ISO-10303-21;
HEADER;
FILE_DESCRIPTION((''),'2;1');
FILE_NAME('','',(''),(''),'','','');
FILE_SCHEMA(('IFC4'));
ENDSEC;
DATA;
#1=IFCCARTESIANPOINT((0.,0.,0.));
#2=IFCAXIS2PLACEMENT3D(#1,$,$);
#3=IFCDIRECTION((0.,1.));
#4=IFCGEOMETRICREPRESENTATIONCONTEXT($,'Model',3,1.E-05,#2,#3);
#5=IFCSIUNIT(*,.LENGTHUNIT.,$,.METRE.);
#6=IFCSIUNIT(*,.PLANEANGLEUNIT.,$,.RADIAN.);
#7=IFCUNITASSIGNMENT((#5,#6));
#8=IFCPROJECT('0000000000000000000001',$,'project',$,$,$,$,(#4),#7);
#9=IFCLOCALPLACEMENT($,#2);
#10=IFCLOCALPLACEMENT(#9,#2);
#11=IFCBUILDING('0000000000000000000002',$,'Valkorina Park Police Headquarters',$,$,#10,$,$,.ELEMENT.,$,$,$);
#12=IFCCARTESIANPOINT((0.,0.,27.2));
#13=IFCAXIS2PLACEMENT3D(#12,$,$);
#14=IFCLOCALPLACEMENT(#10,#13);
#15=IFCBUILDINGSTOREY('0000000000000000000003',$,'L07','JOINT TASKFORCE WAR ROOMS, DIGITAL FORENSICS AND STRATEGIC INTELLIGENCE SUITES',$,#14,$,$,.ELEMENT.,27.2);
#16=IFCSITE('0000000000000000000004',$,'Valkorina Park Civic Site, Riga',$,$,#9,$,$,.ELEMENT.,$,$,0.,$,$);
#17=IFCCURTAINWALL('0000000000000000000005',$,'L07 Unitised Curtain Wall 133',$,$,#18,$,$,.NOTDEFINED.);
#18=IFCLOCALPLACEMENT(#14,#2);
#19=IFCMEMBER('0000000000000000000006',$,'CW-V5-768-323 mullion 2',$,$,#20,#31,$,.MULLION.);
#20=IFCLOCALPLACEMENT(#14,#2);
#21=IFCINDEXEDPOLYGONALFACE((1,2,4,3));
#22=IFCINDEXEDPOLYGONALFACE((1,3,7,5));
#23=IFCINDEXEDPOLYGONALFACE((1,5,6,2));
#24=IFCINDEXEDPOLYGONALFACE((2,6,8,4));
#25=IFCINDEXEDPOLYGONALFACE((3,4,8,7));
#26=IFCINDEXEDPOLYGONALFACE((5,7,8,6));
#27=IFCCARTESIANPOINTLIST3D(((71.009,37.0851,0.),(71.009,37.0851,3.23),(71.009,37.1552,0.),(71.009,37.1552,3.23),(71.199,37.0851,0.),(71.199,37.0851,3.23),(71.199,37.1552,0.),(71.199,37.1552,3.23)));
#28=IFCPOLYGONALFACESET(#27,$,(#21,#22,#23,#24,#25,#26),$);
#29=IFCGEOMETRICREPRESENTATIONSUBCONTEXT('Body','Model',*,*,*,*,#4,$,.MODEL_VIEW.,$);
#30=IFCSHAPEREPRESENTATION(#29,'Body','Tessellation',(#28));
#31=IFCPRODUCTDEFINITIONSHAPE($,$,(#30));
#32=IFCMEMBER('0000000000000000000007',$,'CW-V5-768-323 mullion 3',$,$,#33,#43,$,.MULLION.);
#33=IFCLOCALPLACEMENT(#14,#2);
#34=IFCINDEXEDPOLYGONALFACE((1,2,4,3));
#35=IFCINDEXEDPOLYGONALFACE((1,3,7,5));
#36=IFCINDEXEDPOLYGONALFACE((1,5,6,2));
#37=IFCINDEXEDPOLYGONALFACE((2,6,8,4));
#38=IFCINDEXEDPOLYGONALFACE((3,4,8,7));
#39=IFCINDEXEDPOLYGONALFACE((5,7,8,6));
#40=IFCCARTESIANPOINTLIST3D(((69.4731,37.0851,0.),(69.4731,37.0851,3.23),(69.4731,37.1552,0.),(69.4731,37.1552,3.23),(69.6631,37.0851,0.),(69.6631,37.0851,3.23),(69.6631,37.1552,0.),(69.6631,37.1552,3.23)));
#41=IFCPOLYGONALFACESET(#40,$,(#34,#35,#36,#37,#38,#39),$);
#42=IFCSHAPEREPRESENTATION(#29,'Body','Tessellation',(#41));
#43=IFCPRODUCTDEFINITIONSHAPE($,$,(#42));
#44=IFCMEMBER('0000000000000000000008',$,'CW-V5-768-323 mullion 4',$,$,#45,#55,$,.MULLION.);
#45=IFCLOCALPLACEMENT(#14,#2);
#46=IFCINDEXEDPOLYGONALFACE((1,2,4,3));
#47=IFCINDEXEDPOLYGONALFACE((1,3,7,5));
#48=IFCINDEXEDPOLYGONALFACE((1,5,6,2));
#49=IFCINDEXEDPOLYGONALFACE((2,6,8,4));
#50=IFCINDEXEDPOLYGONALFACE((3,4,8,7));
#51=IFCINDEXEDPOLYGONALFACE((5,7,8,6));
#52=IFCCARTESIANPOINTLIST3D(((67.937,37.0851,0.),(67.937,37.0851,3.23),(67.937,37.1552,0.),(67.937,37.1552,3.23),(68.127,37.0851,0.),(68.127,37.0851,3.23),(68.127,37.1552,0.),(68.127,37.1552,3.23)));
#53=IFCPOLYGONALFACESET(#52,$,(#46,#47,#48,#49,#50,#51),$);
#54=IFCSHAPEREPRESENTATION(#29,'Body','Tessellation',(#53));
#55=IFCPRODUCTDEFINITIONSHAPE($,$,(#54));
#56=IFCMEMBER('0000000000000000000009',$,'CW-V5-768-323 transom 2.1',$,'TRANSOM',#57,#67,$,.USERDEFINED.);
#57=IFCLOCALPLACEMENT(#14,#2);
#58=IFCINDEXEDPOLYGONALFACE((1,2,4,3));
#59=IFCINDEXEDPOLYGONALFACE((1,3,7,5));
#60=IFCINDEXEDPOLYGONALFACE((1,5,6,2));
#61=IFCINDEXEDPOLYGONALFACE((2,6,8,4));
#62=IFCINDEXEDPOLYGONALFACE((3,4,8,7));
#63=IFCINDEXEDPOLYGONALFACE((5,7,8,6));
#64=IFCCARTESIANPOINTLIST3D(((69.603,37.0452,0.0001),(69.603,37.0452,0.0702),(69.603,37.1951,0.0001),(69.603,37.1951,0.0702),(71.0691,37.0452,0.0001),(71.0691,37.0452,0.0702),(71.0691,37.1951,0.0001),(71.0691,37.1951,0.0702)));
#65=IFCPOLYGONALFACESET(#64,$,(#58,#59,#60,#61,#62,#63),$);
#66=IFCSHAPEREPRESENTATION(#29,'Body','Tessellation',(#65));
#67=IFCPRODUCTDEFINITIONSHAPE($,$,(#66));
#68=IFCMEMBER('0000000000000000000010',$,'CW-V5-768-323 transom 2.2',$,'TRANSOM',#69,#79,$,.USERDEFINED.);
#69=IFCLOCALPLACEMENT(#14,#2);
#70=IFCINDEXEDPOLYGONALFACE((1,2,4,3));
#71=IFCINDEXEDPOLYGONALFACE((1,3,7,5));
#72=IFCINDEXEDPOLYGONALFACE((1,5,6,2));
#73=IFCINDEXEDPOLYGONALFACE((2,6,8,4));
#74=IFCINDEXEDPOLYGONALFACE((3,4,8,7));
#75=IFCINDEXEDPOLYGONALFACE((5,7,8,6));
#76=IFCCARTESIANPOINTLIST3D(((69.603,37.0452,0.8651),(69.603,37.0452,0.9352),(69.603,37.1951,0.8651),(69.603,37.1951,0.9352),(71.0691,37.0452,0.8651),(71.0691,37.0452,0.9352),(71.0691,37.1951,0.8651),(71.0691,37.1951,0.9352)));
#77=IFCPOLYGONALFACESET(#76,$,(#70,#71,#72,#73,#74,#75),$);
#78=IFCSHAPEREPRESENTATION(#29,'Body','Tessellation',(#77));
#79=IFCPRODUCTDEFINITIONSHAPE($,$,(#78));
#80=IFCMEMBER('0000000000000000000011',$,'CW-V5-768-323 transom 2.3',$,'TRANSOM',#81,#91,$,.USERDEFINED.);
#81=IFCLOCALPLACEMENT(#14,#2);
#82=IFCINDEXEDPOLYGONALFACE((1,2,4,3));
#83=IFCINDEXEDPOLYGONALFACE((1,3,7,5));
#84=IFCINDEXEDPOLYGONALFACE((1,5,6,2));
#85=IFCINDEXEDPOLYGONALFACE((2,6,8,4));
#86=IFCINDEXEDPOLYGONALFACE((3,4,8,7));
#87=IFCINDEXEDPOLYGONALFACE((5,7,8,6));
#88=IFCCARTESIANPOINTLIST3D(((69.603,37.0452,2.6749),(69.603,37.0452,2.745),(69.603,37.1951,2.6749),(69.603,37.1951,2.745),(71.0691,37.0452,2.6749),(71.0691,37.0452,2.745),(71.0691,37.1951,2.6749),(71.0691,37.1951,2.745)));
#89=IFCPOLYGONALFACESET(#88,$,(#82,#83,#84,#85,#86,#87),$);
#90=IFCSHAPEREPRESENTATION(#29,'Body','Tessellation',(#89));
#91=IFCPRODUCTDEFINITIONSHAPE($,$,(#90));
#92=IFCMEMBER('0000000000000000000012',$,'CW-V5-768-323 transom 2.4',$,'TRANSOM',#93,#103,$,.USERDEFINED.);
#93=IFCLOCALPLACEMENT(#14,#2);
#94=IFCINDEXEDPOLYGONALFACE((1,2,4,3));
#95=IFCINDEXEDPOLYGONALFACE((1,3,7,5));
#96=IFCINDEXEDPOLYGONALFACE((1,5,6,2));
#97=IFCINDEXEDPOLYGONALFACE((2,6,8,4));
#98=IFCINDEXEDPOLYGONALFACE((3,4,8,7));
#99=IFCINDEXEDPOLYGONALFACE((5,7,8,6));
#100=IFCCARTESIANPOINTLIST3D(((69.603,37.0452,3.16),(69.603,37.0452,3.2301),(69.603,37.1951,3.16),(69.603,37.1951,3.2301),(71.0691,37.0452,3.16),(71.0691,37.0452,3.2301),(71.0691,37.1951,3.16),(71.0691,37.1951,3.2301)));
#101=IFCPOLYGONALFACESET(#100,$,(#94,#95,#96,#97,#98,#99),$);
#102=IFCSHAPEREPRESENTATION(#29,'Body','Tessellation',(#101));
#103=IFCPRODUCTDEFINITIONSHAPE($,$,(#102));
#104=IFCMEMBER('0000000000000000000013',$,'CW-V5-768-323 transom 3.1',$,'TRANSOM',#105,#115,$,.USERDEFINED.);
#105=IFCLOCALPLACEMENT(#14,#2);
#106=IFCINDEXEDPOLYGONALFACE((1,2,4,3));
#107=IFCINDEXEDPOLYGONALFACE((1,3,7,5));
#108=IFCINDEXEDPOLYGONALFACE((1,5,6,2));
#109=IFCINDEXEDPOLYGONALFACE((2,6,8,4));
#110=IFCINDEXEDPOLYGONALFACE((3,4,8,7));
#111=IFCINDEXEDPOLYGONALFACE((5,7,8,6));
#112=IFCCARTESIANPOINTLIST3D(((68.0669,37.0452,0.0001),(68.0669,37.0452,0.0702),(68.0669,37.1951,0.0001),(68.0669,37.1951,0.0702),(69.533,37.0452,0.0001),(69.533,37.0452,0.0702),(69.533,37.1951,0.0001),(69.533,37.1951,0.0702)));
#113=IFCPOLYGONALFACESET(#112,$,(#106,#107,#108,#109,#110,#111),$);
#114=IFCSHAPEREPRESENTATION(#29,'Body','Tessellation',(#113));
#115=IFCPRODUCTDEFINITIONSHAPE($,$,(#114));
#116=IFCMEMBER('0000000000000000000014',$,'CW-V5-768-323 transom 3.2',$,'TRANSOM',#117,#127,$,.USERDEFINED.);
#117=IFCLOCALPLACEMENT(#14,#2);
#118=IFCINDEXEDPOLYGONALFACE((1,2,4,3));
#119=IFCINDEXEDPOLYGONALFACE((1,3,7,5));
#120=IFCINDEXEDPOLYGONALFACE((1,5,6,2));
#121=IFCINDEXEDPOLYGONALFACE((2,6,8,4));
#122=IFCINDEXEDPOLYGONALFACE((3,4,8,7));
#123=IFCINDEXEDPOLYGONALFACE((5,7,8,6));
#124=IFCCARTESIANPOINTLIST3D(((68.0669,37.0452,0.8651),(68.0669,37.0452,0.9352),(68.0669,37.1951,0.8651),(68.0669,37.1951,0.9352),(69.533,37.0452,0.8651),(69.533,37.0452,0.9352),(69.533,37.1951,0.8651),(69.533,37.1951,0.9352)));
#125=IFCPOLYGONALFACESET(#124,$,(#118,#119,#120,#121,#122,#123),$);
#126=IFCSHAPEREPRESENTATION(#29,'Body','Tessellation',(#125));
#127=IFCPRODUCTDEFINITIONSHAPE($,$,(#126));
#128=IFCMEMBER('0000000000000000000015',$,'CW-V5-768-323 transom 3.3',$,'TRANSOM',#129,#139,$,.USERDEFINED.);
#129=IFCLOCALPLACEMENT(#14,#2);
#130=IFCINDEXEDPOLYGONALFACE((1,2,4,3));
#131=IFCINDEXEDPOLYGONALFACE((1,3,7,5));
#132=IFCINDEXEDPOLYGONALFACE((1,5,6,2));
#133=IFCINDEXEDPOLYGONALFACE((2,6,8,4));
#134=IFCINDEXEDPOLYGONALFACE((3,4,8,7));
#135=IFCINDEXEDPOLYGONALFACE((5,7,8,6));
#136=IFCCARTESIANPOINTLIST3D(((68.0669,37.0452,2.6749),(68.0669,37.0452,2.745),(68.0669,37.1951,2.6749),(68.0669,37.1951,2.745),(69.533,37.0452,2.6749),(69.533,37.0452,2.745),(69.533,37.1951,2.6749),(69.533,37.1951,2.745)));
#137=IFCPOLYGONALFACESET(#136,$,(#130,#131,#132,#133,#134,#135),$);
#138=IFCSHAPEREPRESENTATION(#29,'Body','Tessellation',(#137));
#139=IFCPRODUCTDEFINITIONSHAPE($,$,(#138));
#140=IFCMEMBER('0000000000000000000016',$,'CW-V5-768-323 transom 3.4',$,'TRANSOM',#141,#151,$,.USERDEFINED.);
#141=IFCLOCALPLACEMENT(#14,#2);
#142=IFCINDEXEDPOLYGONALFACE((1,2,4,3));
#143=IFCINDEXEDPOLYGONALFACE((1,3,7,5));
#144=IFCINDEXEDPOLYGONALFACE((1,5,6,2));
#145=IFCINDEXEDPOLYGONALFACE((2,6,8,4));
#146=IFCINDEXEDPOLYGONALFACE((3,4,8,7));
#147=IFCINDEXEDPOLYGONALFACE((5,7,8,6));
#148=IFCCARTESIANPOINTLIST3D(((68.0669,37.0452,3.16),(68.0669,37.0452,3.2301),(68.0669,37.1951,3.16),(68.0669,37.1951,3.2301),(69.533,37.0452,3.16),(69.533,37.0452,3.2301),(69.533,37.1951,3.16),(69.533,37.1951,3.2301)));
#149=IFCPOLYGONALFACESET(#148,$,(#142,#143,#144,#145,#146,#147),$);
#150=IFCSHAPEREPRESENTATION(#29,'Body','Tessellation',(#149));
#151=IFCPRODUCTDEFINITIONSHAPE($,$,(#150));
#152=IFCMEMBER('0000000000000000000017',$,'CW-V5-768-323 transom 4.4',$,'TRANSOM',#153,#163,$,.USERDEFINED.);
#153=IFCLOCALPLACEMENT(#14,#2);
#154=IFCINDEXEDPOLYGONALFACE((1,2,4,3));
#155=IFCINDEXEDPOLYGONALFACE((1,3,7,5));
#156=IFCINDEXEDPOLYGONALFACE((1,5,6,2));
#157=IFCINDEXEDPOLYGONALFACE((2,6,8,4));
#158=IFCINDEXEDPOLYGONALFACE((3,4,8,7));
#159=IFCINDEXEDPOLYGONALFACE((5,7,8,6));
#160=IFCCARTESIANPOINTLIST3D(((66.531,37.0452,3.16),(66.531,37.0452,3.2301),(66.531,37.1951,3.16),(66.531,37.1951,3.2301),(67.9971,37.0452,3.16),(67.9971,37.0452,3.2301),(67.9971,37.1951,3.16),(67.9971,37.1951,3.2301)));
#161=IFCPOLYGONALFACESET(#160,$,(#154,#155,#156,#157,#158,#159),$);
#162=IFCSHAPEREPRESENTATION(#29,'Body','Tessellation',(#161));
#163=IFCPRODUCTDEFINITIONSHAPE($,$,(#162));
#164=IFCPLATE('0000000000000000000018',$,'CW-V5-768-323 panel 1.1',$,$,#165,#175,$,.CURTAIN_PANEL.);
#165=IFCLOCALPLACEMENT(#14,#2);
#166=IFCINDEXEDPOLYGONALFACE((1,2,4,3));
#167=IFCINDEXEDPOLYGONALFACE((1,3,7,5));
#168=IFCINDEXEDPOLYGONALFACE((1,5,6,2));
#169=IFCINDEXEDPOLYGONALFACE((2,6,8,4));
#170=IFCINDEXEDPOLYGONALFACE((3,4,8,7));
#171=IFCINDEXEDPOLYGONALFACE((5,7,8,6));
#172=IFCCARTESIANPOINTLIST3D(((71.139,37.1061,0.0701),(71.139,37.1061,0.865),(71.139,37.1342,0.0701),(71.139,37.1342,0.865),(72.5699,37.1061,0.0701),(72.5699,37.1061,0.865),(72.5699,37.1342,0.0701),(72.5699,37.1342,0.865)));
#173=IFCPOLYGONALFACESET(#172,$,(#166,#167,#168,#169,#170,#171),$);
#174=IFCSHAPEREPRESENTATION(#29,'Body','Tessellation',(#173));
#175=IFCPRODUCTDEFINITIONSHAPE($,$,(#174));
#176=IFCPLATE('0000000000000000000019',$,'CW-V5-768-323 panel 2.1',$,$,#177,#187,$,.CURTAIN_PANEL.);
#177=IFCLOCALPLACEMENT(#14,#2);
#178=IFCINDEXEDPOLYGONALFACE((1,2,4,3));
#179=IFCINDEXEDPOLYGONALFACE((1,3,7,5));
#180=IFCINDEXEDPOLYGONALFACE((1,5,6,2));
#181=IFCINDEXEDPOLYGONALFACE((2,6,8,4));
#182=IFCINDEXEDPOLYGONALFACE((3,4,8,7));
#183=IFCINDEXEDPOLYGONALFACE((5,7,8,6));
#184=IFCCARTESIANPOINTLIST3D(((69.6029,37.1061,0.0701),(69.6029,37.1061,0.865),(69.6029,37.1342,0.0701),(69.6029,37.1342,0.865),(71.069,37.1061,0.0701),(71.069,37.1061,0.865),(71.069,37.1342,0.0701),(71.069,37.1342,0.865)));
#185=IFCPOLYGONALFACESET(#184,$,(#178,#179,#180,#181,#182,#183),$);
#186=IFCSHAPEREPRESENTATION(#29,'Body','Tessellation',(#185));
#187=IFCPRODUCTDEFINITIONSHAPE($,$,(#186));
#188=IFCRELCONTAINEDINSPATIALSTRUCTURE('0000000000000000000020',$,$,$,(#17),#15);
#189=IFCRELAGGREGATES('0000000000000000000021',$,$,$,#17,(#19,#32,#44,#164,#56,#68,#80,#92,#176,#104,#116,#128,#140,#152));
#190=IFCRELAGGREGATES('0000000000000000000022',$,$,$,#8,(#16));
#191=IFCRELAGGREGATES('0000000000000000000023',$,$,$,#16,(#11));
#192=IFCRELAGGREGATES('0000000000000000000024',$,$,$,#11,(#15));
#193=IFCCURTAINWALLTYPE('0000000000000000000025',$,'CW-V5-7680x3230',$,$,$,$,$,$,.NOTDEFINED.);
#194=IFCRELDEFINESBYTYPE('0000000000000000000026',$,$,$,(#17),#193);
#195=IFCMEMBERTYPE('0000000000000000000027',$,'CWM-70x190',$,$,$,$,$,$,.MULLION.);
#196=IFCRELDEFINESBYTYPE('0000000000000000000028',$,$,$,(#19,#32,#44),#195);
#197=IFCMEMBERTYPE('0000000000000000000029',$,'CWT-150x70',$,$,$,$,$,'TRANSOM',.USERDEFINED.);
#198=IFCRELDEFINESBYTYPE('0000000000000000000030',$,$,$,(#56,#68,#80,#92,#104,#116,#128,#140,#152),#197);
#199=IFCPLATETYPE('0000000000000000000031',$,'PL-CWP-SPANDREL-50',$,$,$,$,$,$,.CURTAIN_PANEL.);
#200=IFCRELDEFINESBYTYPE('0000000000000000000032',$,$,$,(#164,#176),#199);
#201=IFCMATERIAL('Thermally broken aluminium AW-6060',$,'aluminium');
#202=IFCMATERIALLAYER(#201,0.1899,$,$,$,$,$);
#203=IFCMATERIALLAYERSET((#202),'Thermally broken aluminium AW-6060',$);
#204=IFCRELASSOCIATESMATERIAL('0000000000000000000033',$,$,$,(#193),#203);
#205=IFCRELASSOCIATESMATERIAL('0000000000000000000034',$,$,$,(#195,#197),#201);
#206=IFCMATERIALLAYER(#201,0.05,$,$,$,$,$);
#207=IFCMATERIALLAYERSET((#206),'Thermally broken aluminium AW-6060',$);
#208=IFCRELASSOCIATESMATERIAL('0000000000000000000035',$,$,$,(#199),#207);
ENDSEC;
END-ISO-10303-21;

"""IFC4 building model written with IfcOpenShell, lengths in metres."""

from ifc_helpers import new_model, si_unit, direction, frame, origin, origin_2d, place, context, subcontext, project, spatial, rectangle, extrude, material, layer, layer_set, material_profile, profile_set, type_object, element, aggregate, save


model = new_model("IFC4")

# Units and contexts
model_context = context("Model", 3, precision=1e-05, world=origin(), true_north=direction((0.0, 1.0)))
body_context = subcontext(model_context, "Body", "Model", "MODEL_VIEW")
ifc_project = project(units=[si_unit("LENGTHUNIT", "METRE"), si_unit("PLANEANGLEUNIT", "RADIAN")], contexts=[model_context])

# Site, building, storey
site_placement = place(None, origin())
site = spatial("IfcSite", under=ifc_project, at=site_placement, Name="Valkorina Park Civic Site, Riga", CompositionType="ELEMENT", RefElevation=0.0)
building_placement = place(site_placement, origin())
building = spatial("IfcBuilding", under=site, at=building_placement, Name="Valkorina Park Police Headquarters", CompositionType="ELEMENT")
storey_placement = place(building_placement, frame((0.0, 0.0, 27.2)))
storey = spatial("IfcBuildingStorey", under=building, at=storey_placement, Name="L07", Description="JOINT TASKFORCE WAR ROOMS, DIGITAL FORENSICS AND STRATEGIC INTELLIGENCE SUITES", CompositionType="ELEMENT", Elevation=27.2)

# Curtain wall, members, plates
ifc_material_1 = material(Name="Thermally broken aluminium AW-6060", Category="aluminium")
ifc_layer_1 = layer(ifc_material_1, 0.1899)
ifc_layer_set_1 = layer_set([ifc_layer_1], Name="Thermally broken aluminium AW-6060")
curtain_wall_type = type_object("IfcCurtainWallType", Name="CW-V5-7680x3230", PredefinedType="NOTDEFINED", material=ifc_layer_set_1)
curtain_wall_placement = place(storey_placement, origin())
curtain_wall = element("IfcCurtainWall", 1, at=curtain_wall_placement, inside=storey, type_object=curtain_wall_type, Name="L07 Unitised Curtain Wall 133", PredefinedType="NOTDEFINED")
ifc_material_profile_1 = material_profile(ifc_material_1, rectangle(XDim=0.0701, YDim=0.1899, at=origin_2d()), Name="CWM-02 70x190")
ifc_profile_set_1 = profile_set([ifc_material_profile_1], Name="Thermally broken aluminium AW-6060")
member_type_1 = type_object("IfcMemberType", Name="CWM-70x190", PredefinedType="MULLION", material=ifc_profile_set_1)
member_1_placement = place(storey_placement, frame((71.104, 37.1201, 0.0), z_axis=(0.0, 0.0, 1.0), x_axis=(0.0, -1.0, 0.0)))
member_1 = element("IfcMember", 2, at=member_1_placement, type_object=member_type_1, Name="CW-V5-768-323 mullion 2", PredefinedType="MULLION", context=body_context, shape_type="SweptSolid", body=[
    extrude(rectangle(XDim=0.0701, YDim=0.1899, at=origin_2d()), origin(), (0.0, 0.0, 1.0), 3.23),
])
member_2_placement = place(storey_placement, frame((69.5681, 37.1201, 0.0), z_axis=(0.0, 0.0, 1.0), x_axis=(0.0, -1.0, 0.0)))
member_2 = element("IfcMember", 3, at=member_2_placement, type_object=member_type_1, Name="CW-V5-768-323 mullion 3", PredefinedType="MULLION", context=body_context, shape_type="SweptSolid", body=[
    extrude(rectangle(XDim=0.0701, YDim=0.1899, at=origin_2d()), origin(), (0.0, 0.0, 1.0), 3.23),
])
member_3_placement = place(storey_placement, frame((68.032, 37.1201, 0.0), z_axis=(0.0, 0.0, 1.0), x_axis=(0.0, -1.0, 0.0)))
member_3 = element("IfcMember", 4, at=member_3_placement, type_object=member_type_1, Name="CW-V5-768-323 mullion 4", PredefinedType="MULLION", context=body_context, shape_type="SweptSolid", body=[
    extrude(rectangle(XDim=0.0701, YDim=0.1899, at=origin_2d()), origin(), (0.0, 0.0, 1.0), 3.23),
])
ifc_material_profile_2 = material_profile(ifc_material_1, rectangle(XDim=0.1499, YDim=0.0701, at=origin_2d()), Name="CWT-02 150x70")
ifc_profile_set_2 = profile_set([ifc_material_profile_2], Name="Thermally broken aluminium AW-6060")
member_type_2 = type_object("IfcMemberType", Name="CWT-150x70", ElementType="TRANSOM", PredefinedType="USERDEFINED", material=ifc_profile_set_2)
member_4_placement = place(storey_placement, frame((71.0691, 37.1201, 0.0352), z_axis=(-1.0, 0.0, 0.0), x_axis=(0.0, -1.0, 0.0)))
member_4 = element("IfcMember", 5, at=member_4_placement, type_object=member_type_2, Name="CW-V5-768-323 transom 2.1", ObjectType="TRANSOM", PredefinedType="USERDEFINED", context=body_context, shape_type="SweptSolid", body=[
    extrude(rectangle(XDim=0.1499, YDim=0.0701, at=origin_2d()), origin(), (0.0, 0.0, 1.0), 1.4661),
])
member_5_placement = place(storey_placement, frame((71.0691, 37.1201, 0.9001), z_axis=(-1.0, 0.0, 0.0), x_axis=(0.0, -1.0, 0.0)))
member_5 = element("IfcMember", 6, at=member_5_placement, type_object=member_type_2, Name="CW-V5-768-323 transom 2.2", ObjectType="TRANSOM", PredefinedType="USERDEFINED", context=body_context, shape_type="SweptSolid", body=[
    extrude(rectangle(XDim=0.1499, YDim=0.0701, at=origin_2d()), origin(), (0.0, 0.0, 1.0), 1.4661),
])
member_6_placement = place(storey_placement, frame((71.0691, 37.1201, 2.71), z_axis=(-1.0, 0.0, 0.0), x_axis=(0.0, -1.0, 0.0)))
member_6 = element("IfcMember", 7, at=member_6_placement, type_object=member_type_2, Name="CW-V5-768-323 transom 2.3", ObjectType="TRANSOM", PredefinedType="USERDEFINED", context=body_context, shape_type="SweptSolid", body=[
    extrude(rectangle(XDim=0.1499, YDim=0.0701, at=origin_2d()), origin(), (0.0, 0.0, 1.0), 1.4661),
])
member_7_placement = place(storey_placement, frame((71.0691, 37.1201, 3.1951), z_axis=(-1.0, 0.0, 0.0), x_axis=(0.0, -1.0, 0.0)))
member_7 = element("IfcMember", 8, at=member_7_placement, type_object=member_type_2, Name="CW-V5-768-323 transom 2.4", ObjectType="TRANSOM", PredefinedType="USERDEFINED", context=body_context, shape_type="SweptSolid", body=[
    extrude(rectangle(XDim=0.1499, YDim=0.0701, at=origin_2d()), origin(), (0.0, 0.0, 1.0), 1.4661),
])
member_8_placement = place(storey_placement, frame((69.533, 37.1201, 0.0352), z_axis=(-1.0, 0.0, 0.0), x_axis=(0.0, -1.0, 0.0)))
member_8 = element("IfcMember", 9, at=member_8_placement, type_object=member_type_2, Name="CW-V5-768-323 transom 3.1", ObjectType="TRANSOM", PredefinedType="USERDEFINED", context=body_context, shape_type="SweptSolid", body=[
    extrude(rectangle(XDim=0.1499, YDim=0.0701, at=origin_2d()), origin(), (0.0, 0.0, 1.0), 1.4661),
])
member_9_placement = place(storey_placement, frame((69.533, 37.1201, 0.9001), z_axis=(-1.0, 0.0, 0.0), x_axis=(0.0, -1.0, 0.0)))
member_9 = element("IfcMember", 10, at=member_9_placement, type_object=member_type_2, Name="CW-V5-768-323 transom 3.2", ObjectType="TRANSOM", PredefinedType="USERDEFINED", context=body_context, shape_type="SweptSolid", body=[
    extrude(rectangle(XDim=0.1499, YDim=0.0701, at=origin_2d()), origin(), (0.0, 0.0, 1.0), 1.4661),
])
member_10_placement = place(storey_placement, frame((69.533, 37.1201, 2.71), z_axis=(-1.0, 0.0, 0.0), x_axis=(0.0, -1.0, 0.0)))
member_10 = element("IfcMember", 11, at=member_10_placement, type_object=member_type_2, Name="CW-V5-768-323 transom 3.3", ObjectType="TRANSOM", PredefinedType="USERDEFINED", context=body_context, shape_type="SweptSolid", body=[
    extrude(rectangle(XDim=0.1499, YDim=0.0701, at=origin_2d()), origin(), (0.0, 0.0, 1.0), 1.4661),
])
member_11_placement = place(storey_placement, frame((69.533, 37.1201, 3.1951), z_axis=(-1.0, 0.0, 0.0), x_axis=(0.0, -1.0, 0.0)))
member_11 = element("IfcMember", 12, at=member_11_placement, type_object=member_type_2, Name="CW-V5-768-323 transom 3.4", ObjectType="TRANSOM", PredefinedType="USERDEFINED", context=body_context, shape_type="SweptSolid", body=[
    extrude(rectangle(XDim=0.1499, YDim=0.0701, at=origin_2d()), origin(), (0.0, 0.0, 1.0), 1.4661),
])
member_12_placement = place(storey_placement, frame((67.9971, 37.1201, 3.1951), z_axis=(-1.0, 0.0, 0.0), x_axis=(0.0, -1.0, 0.0)))
member_12 = element("IfcMember", 13, at=member_12_placement, type_object=member_type_2, Name="CW-V5-768-323 transom 4.4", ObjectType="TRANSOM", PredefinedType="USERDEFINED", context=body_context, shape_type="SweptSolid", body=[
    extrude(rectangle(XDim=0.1499, YDim=0.0701, at=origin_2d()), origin(), (0.0, 0.0, 1.0), 1.4661),
])
ifc_layer_2 = layer(ifc_material_1, 0.05)
ifc_layer_set_2 = layer_set([ifc_layer_2], Name="Thermally broken aluminium AW-6060")
plate_type_1 = type_object("IfcPlateType", Name="PL-CWP-SPANDREL-50", PredefinedType="CURTAIN_PANEL", material=ifc_layer_set_2)
plate_1_placement = place(storey_placement, frame((71.8545, 37.1201, 0.0701), z_axis=(0.0, 0.0, 1.0), x_axis=(-1.0, 0.0, 0.0)))
plate_1 = element("IfcPlate", 14, at=plate_1_placement, type_object=plate_type_1, Name="CW-V5-768-323 panel 1.1", PredefinedType="CURTAIN_PANEL", context=body_context, shape_type="SweptSolid", body=[
    extrude(rectangle(XDim=1.4309, YDim=0.0281, at=origin_2d()), origin(), (0.0, 0.0, 1.0), 0.7949),
])
plate_2_placement = place(storey_placement, frame((70.3359, 37.1201, 0.0701), z_axis=(0.0, 0.0, 1.0), x_axis=(-1.0, 0.0, 0.0)))
plate_2 = element("IfcPlate", 15, at=plate_2_placement, type_object=plate_type_1, Name="CW-V5-768-323 panel 2.1", PredefinedType="CURTAIN_PANEL", context=body_context, shape_type="SweptSolid", body=[
    extrude(rectangle(XDim=1.4661, YDim=0.0281, at=origin_2d()), origin(), (0.0, 0.0, 1.0), 0.7949),
])
aggregate(curtain_wall, [member_1, member_2, member_3, plate_1, member_4, member_5, member_6, member_7, plate_2, member_8, member_9, member_10, member_11, member_12])

save(model, "model.ifc")
